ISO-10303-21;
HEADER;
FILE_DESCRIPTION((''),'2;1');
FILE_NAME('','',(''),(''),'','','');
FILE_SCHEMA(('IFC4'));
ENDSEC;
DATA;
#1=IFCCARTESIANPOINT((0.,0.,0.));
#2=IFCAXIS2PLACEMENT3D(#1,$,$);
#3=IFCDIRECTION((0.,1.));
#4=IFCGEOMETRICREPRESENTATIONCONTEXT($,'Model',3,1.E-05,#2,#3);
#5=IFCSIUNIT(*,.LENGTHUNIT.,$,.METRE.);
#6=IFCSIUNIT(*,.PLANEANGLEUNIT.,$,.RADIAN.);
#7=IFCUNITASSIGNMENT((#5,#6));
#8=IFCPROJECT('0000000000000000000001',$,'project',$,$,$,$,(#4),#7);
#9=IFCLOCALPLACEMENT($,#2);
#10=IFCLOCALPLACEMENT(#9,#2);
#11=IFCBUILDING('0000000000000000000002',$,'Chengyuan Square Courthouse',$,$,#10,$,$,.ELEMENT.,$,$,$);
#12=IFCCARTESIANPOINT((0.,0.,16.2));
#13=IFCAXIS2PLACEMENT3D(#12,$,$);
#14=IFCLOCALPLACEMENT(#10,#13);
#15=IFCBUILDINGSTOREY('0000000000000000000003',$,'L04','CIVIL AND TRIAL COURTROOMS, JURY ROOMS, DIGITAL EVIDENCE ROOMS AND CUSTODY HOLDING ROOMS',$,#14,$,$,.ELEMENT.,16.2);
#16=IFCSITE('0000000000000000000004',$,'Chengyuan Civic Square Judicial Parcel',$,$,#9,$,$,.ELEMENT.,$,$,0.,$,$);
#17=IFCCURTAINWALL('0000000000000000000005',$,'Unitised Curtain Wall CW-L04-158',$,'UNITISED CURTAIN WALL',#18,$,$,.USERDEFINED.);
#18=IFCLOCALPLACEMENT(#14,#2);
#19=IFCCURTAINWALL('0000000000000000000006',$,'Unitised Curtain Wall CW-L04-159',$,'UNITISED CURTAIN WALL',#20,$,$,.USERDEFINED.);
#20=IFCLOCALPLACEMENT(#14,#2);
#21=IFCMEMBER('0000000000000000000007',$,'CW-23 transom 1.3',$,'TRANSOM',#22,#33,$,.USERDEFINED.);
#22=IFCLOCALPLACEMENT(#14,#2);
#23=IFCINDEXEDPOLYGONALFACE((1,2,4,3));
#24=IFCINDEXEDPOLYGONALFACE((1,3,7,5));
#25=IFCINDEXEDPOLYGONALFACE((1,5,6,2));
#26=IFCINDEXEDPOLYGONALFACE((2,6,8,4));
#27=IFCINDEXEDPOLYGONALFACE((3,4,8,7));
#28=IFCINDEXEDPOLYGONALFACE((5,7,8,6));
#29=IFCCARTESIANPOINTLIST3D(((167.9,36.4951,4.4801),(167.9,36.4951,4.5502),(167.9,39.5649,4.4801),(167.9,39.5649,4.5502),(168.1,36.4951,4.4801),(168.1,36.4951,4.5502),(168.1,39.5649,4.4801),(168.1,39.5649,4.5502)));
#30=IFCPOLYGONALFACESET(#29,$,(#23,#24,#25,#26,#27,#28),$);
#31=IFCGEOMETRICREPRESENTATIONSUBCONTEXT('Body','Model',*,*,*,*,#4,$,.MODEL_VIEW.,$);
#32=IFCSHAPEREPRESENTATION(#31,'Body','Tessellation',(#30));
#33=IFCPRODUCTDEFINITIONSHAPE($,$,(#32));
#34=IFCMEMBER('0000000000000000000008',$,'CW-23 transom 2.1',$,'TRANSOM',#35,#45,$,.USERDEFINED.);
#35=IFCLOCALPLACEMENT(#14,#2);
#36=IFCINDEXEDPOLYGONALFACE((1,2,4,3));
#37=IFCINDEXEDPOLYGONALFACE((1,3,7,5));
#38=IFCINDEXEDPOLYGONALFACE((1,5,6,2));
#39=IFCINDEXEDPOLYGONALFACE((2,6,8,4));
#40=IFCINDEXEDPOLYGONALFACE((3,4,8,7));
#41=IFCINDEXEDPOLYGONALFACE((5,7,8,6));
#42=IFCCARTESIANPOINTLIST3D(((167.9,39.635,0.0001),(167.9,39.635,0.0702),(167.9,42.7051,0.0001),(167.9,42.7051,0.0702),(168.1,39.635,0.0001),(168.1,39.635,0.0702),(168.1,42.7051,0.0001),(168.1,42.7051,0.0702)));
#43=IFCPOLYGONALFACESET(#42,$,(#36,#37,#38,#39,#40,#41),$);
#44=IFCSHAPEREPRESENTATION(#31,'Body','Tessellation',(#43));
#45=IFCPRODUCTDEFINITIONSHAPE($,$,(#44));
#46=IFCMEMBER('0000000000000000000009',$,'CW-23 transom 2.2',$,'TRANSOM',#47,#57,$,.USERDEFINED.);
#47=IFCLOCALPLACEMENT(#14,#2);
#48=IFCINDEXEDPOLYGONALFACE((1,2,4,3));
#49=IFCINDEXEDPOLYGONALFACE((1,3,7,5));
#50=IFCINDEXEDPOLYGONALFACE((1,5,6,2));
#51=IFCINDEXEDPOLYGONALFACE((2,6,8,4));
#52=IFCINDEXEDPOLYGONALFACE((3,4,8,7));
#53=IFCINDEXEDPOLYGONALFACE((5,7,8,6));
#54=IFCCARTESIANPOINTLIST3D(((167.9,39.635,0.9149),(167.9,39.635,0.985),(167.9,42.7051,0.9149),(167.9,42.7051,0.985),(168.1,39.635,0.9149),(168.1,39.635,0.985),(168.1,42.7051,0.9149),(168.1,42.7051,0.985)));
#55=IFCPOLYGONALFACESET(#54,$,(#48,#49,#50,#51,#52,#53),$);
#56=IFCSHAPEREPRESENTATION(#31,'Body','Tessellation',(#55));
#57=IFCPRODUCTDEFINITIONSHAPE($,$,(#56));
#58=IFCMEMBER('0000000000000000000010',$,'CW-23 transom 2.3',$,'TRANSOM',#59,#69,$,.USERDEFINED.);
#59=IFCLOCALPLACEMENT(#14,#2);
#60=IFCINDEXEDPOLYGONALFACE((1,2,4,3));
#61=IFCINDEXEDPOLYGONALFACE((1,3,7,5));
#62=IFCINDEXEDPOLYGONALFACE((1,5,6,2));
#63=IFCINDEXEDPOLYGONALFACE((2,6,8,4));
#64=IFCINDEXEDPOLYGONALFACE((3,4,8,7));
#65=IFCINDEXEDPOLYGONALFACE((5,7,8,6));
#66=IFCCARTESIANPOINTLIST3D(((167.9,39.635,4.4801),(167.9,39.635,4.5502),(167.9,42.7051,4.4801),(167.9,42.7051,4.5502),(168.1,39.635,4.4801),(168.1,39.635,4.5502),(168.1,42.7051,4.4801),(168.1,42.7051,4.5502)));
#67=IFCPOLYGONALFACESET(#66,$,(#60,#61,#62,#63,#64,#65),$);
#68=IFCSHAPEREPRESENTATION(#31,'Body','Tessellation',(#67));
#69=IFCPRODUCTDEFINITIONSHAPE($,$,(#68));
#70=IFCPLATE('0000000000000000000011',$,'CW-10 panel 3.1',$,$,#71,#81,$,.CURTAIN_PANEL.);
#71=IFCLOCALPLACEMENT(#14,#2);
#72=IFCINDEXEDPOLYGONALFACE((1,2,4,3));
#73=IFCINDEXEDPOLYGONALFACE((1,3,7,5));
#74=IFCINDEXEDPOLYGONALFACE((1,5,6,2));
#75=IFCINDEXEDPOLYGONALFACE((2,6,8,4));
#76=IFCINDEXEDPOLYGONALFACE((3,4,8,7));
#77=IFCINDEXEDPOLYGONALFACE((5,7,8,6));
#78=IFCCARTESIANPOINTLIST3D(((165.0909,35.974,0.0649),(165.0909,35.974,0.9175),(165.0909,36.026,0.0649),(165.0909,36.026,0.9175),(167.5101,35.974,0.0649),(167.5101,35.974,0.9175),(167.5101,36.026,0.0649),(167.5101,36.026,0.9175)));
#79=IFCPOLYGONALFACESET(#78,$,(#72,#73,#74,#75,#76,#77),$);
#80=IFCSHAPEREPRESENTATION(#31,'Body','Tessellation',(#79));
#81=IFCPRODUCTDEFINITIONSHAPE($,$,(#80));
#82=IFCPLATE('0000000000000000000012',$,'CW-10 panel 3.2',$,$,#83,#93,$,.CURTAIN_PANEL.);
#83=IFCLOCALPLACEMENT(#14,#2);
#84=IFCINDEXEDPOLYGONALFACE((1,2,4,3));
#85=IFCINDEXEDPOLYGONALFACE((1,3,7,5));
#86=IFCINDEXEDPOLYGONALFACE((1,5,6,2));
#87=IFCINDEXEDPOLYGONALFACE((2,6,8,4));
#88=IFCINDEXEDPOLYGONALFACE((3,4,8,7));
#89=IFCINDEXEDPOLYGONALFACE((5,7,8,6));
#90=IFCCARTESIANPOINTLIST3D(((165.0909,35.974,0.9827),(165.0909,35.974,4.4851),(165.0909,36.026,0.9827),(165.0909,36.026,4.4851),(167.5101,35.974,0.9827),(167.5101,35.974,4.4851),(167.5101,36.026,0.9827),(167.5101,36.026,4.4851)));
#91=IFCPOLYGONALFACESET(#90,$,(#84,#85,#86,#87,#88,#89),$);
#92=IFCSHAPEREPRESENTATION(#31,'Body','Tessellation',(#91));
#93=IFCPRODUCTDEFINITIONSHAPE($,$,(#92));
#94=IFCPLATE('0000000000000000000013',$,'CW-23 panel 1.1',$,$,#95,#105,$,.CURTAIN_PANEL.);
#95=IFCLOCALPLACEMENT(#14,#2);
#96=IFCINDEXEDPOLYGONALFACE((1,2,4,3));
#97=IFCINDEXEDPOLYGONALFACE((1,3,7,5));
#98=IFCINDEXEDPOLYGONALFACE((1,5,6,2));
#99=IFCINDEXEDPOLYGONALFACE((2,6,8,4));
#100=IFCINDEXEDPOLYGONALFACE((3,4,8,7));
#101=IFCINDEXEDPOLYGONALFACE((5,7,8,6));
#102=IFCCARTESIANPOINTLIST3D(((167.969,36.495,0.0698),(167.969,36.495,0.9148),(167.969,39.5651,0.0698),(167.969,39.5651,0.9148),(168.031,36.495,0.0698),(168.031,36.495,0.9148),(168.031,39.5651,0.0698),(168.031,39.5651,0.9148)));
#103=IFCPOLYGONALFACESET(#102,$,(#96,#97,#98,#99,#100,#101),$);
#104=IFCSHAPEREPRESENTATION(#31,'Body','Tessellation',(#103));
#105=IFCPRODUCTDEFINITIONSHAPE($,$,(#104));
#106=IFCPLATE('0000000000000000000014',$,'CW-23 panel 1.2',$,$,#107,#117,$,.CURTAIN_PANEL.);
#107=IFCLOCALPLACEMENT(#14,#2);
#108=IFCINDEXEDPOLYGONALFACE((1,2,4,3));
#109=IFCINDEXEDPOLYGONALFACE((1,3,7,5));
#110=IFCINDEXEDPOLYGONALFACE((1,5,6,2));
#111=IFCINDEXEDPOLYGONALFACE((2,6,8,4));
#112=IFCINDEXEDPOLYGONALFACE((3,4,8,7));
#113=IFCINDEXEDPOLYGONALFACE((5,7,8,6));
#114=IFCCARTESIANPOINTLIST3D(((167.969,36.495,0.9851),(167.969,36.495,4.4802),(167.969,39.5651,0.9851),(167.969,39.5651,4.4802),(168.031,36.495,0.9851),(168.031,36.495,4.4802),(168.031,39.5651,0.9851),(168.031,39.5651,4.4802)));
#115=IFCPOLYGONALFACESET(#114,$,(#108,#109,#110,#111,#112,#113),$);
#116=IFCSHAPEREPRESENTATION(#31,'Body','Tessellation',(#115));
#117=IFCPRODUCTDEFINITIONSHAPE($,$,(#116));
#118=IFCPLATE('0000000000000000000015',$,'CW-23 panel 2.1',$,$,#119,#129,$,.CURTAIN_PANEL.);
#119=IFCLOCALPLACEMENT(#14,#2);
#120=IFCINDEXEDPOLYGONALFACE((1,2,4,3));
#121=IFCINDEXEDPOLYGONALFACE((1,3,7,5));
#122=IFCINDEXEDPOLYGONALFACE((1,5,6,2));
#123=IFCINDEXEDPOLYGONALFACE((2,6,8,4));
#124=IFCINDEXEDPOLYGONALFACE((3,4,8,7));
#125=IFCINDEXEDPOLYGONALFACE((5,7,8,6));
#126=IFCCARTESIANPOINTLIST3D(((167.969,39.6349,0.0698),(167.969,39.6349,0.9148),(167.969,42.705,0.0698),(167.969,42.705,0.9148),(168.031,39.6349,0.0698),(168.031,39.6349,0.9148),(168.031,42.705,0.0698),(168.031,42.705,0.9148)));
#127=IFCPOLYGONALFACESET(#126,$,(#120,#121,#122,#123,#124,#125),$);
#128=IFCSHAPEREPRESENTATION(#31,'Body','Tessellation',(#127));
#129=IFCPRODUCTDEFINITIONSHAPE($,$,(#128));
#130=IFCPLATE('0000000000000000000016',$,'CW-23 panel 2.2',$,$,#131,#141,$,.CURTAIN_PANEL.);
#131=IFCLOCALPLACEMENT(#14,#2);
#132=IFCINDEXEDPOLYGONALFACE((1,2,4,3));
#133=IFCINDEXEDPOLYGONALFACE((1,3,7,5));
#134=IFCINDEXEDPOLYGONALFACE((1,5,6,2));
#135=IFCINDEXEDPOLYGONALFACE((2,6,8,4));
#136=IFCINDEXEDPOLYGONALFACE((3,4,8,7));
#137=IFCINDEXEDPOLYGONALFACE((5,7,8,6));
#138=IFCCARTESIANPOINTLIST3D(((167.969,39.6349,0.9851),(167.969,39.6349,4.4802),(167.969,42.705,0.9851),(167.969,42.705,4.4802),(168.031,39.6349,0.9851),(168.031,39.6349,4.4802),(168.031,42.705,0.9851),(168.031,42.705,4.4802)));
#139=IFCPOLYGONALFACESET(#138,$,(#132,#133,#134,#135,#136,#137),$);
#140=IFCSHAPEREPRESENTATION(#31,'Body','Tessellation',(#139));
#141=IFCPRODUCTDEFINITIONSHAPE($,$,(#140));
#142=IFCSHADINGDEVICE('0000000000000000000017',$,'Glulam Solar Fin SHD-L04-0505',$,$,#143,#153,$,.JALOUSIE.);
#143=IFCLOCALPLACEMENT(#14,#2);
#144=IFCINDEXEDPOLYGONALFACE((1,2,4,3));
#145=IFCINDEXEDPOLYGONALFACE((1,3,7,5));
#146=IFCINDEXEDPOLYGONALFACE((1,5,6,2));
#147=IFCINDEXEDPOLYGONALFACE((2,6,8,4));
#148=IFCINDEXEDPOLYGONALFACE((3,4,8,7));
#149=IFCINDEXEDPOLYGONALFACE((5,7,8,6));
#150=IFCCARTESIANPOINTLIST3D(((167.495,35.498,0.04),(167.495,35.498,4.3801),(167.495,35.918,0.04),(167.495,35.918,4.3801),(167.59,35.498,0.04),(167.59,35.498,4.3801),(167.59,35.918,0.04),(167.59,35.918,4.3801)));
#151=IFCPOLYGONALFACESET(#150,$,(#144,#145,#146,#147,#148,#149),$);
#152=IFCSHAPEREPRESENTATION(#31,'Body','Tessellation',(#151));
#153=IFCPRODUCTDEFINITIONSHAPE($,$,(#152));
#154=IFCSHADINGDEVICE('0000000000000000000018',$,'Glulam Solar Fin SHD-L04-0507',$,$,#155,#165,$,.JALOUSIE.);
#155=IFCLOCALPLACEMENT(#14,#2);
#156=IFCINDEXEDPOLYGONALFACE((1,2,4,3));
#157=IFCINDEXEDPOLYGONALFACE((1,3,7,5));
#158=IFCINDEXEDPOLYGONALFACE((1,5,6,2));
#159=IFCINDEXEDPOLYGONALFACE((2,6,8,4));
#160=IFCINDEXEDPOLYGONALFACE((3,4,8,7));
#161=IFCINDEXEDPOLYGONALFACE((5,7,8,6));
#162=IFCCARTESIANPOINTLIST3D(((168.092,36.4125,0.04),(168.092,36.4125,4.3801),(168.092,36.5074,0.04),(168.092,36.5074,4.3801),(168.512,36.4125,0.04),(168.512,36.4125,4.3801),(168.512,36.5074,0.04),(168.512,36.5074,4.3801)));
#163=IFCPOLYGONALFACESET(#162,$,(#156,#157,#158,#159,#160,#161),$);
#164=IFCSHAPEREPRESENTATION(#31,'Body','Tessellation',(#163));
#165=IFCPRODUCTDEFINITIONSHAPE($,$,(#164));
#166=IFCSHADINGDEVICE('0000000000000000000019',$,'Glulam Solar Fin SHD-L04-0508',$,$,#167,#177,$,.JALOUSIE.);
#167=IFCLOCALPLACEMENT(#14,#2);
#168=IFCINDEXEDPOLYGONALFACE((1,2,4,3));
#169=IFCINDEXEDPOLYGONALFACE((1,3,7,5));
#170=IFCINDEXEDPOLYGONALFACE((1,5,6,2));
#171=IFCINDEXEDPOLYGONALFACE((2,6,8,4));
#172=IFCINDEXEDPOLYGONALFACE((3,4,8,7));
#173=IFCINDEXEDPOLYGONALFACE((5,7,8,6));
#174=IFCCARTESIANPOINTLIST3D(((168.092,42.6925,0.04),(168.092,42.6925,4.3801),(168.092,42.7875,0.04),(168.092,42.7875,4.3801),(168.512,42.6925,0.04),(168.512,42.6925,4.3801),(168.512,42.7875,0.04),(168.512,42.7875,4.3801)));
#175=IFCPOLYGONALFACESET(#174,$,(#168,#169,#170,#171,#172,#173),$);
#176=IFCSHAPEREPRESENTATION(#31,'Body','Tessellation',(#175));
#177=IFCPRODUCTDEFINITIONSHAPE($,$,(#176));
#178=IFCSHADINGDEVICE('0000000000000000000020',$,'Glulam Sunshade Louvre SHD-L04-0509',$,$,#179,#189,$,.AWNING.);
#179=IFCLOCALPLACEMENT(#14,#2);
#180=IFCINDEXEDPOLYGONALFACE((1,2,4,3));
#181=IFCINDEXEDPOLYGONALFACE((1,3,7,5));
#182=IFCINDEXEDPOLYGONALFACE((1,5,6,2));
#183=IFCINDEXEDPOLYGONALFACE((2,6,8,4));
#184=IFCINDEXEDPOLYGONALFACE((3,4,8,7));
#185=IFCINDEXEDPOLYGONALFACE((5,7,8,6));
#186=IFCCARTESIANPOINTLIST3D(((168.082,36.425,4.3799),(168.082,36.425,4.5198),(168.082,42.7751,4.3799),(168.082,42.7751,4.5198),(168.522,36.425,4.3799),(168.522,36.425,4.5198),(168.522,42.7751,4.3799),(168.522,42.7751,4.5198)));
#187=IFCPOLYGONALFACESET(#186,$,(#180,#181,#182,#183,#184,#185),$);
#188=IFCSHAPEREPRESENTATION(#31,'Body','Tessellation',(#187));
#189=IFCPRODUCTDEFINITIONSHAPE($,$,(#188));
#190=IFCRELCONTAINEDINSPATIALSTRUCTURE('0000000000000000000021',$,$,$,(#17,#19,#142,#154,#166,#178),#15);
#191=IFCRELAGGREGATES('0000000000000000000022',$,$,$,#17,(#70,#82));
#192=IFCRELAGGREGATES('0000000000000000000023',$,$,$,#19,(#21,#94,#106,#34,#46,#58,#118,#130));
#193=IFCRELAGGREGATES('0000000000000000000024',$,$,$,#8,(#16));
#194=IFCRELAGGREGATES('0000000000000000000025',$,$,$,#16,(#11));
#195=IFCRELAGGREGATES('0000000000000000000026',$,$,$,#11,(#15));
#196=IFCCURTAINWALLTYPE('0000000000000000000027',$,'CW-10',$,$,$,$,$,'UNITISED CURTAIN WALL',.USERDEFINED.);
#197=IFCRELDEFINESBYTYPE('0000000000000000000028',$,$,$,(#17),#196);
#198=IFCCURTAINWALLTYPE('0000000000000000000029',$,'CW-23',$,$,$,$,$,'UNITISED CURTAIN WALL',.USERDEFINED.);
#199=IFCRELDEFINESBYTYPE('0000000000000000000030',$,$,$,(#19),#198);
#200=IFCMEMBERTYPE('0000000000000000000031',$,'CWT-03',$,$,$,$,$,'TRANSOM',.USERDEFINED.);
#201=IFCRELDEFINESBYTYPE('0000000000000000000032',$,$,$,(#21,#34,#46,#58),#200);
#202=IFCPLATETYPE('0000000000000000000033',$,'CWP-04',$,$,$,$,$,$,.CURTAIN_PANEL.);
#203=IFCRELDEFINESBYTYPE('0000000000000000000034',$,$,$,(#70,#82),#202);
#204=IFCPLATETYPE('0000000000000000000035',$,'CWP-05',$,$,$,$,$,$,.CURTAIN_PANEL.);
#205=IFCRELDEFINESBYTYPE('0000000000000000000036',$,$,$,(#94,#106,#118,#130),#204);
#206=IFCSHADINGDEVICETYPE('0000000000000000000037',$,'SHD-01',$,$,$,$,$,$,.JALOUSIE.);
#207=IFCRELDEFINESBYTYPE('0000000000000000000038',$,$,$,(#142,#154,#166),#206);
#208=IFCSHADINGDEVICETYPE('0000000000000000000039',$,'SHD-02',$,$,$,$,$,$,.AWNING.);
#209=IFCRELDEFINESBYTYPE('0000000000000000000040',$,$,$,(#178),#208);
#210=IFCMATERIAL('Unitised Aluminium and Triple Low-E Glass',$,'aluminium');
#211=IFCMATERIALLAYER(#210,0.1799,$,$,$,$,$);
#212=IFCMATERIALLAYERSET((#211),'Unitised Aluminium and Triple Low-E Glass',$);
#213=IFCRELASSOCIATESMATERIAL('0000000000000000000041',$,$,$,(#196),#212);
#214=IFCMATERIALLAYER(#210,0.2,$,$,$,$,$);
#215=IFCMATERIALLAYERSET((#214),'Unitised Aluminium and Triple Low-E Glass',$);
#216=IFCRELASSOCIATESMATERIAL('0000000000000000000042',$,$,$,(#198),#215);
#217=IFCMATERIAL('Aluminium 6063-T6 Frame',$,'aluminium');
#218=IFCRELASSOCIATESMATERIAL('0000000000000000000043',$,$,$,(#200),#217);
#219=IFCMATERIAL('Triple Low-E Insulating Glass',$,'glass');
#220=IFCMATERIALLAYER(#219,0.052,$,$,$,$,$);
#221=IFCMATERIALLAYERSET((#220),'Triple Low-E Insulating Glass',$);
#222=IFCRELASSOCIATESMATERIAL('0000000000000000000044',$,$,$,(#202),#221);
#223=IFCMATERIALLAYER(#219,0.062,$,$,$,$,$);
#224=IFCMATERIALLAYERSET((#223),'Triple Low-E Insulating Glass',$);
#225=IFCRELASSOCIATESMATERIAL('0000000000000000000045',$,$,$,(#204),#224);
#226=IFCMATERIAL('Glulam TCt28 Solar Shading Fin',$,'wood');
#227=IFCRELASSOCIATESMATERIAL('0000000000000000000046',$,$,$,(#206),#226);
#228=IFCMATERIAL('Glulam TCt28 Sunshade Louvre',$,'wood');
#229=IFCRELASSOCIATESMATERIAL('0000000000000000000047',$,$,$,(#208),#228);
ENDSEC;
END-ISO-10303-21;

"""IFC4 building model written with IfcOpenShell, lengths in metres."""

from ifc_helpers import new_model, si_unit, direction, frame, origin, origin_2d, place, context, subcontext, project, spatial, rectangle, extrude, material, layer, layer_set, material_profile, profile_set, type_object, element, aggregate, save


model = new_model("IFC4")

# Units and contexts
model_context = context("Model", 3, precision=1e-05, world=origin(), true_north=direction((0.0, 1.0)))
body_context = subcontext(model_context, "Body", "Model", "MODEL_VIEW")
ifc_project = project(units=[si_unit("LENGTHUNIT", "METRE"), si_unit("PLANEANGLEUNIT", "RADIAN")], contexts=[model_context])

# Site, building, storey
site_placement = place(None, origin())
site = spatial("IfcSite", under=ifc_project, at=site_placement, Name="Chengyuan Civic Square Judicial Parcel", CompositionType="ELEMENT", RefElevation=0.0)
building_placement = place(site_placement, origin())
building = spatial("IfcBuilding", under=site, at=building_placement, Name="Chengyuan Square Courthouse", CompositionType="ELEMENT")
storey_placement = place(building_placement, frame((0.0, 0.0, 16.2)))
storey = spatial("IfcBuildingStorey", under=building, at=storey_placement, Name="L04", Description="CIVIL AND TRIAL COURTROOMS, JURY ROOMS, DIGITAL EVIDENCE ROOMS AND CUSTODY HOLDING ROOMS", CompositionType="ELEMENT", Elevation=16.2)

# Curtain walls
ifc_material_1 = material(Name="Unitised Aluminium and Triple Low-E Glass", Category="aluminium")
ifc_layer_1 = layer(ifc_material_1, 0.1799)
ifc_layer_set_1 = layer_set([ifc_layer_1], Name="Unitised Aluminium and Triple Low-E Glass")
curtain_wall_type_1 = type_object("IfcCurtainWallType", Name="CW-10", ElementType="UNITISED CURTAIN WALL", PredefinedType="USERDEFINED", material=ifc_layer_set_1)
curtain_wall_1_placement = place(storey_placement, origin())
curtain_wall_1 = element("IfcCurtainWall", 1, at=curtain_wall_1_placement, inside=storey, type_object=curtain_wall_type_1, Name="Unitised Curtain Wall CW-L04-158", ObjectType="UNITISED CURTAIN WALL", PredefinedType="USERDEFINED")
ifc_material_2 = material(Name="Aluminium 6063-T6 Frame", Category="aluminium")
ifc_layer_2 = layer(ifc_material_1, 0.2)
ifc_layer_set_2 = layer_set([ifc_layer_2], Name="Unitised Aluminium and Triple Low-E Glass")
curtain_wall_type_2 = type_object("IfcCurtainWallType", Name="CW-23", ElementType="UNITISED CURTAIN WALL", PredefinedType="USERDEFINED", material=ifc_layer_set_2)
curtain_wall_2_placement = place(storey_placement, origin())
curtain_wall_2 = element("IfcCurtainWall", 2, at=curtain_wall_2_placement, inside=storey, type_object=curtain_wall_type_2, Name="Unitised Curtain Wall CW-L04-159", ObjectType="UNITISED CURTAIN WALL", PredefinedType="USERDEFINED")

# Members
ifc_material_profile_1 = material_profile(ifc_material_2, rectangle(XDim=0.2, YDim=0.0701, at=origin_2d()), Name="CW-TRN-70x160")
ifc_profile_set_1 = profile_set([ifc_material_profile_1], Name="Aluminium 6063-T6 Frame")
member_type_1 = type_object("IfcMemberType", Name="CWT-03", ElementType="TRANSOM", PredefinedType="USERDEFINED", material=ifc_profile_set_1)
member_1_placement = place(storey_placement, frame((168.0, 36.4951, 4.5151), z_axis=(0.0, 1.0, 0.0), x_axis=(-1.0, 0.0, 0.0)))
member_1 = element("IfcMember", 3, at=member_1_placement, type_object=member_type_1, Name="CW-23 transom 1.3", ObjectType="TRANSOM", PredefinedType="USERDEFINED", context=body_context, shape_type="SweptSolid", body=[
    extrude(rectangle(XDim=0.2, YDim=0.0701, at=origin_2d()), origin(), (0.0, 0.0, 1.0), 3.0698),
])
member_2_placement = place(storey_placement, frame((168.0, 39.635, 0.0352), z_axis=(0.0, 1.0, 0.0), x_axis=(-1.0, 0.0, 0.0)))
member_2 = element("IfcMember", 4, at=member_2_placement, type_object=member_type_1, Name="CW-23 transom 2.1", ObjectType="TRANSOM", PredefinedType="USERDEFINED", context=body_context, shape_type="SweptSolid", body=[
    extrude(rectangle(XDim=0.2, YDim=0.0701, at=origin_2d()), origin(), (0.0, 0.0, 1.0), 3.0701),
])
member_3_placement = place(storey_placement, frame((168.0, 39.635, 0.95), z_axis=(0.0, 1.0, 0.0), x_axis=(-1.0, 0.0, 0.0)))
member_3 = element("IfcMember", 5, at=member_3_placement, type_object=member_type_1, Name="CW-23 transom 2.2", ObjectType="TRANSOM", PredefinedType="USERDEFINED", context=body_context, shape_type="SweptSolid", body=[
    extrude(rectangle(XDim=0.2, YDim=0.0701, at=origin_2d()), origin(), (0.0, 0.0, 1.0), 3.0701),
])
member_4_placement = place(storey_placement, frame((168.0, 39.635, 4.5151), z_axis=(0.0, 1.0, 0.0), x_axis=(-1.0, 0.0, 0.0)))
member_4 = element("IfcMember", 6, at=member_4_placement, type_object=member_type_1, Name="CW-23 transom 2.3", ObjectType="TRANSOM", PredefinedType="USERDEFINED", context=body_context, shape_type="SweptSolid", body=[
    extrude(rectangle(XDim=0.2, YDim=0.0701, at=origin_2d()), origin(), (0.0, 0.0, 1.0), 3.0701),
])

# Plates
ifc_material_3 = material(Name="Triple Low-E Insulating Glass", Category="glass")
ifc_layer_3 = layer(ifc_material_3, 0.052)
ifc_layer_set_3 = layer_set([ifc_layer_3], Name="Triple Low-E Insulating Glass")
plate_type_1 = type_object("IfcPlateType", Name="CWP-04", PredefinedType="CURTAIN_PANEL", material=ifc_layer_set_3)
plate_1_placement = place(storey_placement, frame((166.3005, 36.0, 0.0649), z_axis=(0.0, 0.0, 1.0), x_axis=(1.0, 0.0, 0.0)))
plate_1 = element("IfcPlate", 7, at=plate_1_placement, type_object=plate_type_1, Name="CW-10 panel 3.1", PredefinedType="CURTAIN_PANEL", context=body_context, shape_type="SweptSolid", body=[
    extrude(rectangle(XDim=2.4192, YDim=0.052, at=origin_2d()), origin(), (0.0, 0.0, 1.0), 0.8525),
])
plate_2_placement = place(storey_placement, frame((166.3005, 36.0, 0.9827), z_axis=(0.0, 0.0, 1.0), x_axis=(1.0, 0.0, 0.0)))
plate_2 = element("IfcPlate", 8, at=plate_2_placement, type_object=plate_type_1, Name="CW-10 panel 3.2", PredefinedType="CURTAIN_PANEL", context=body_context, shape_type="SweptSolid", body=[
    extrude(rectangle(XDim=2.4192, YDim=0.052, at=origin_2d()), origin(), (0.0, 0.0, 1.0), 3.5024),
])
aggregate(curtain_wall_1, [plate_1, plate_2])
ifc_layer_4 = layer(ifc_material_3, 0.062)
ifc_layer_set_4 = layer_set([ifc_layer_4], Name="Triple Low-E Insulating Glass")
plate_type_2 = type_object("IfcPlateType", Name="CWP-05", PredefinedType="CURTAIN_PANEL", material=ifc_layer_set_4)
plate_3_placement = place(storey_placement, frame((168.0, 38.03, 0.0698), z_axis=(0.0, 0.0, 1.0), x_axis=(0.0, 1.0, 0.0)))
plate_3 = element("IfcPlate", 9, at=plate_3_placement, type_object=plate_type_2, Name="CW-23 panel 1.1", PredefinedType="CURTAIN_PANEL", context=body_context, shape_type="SweptSolid", body=[
    extrude(rectangle(XDim=3.0701, YDim=0.062, at=origin_2d()), origin(), (0.0, 0.0, 1.0), 0.845),
])
plate_4_placement = place(storey_placement, frame((168.0, 38.03, 0.9851), z_axis=(0.0, 0.0, 1.0), x_axis=(0.0, 1.0, 0.0)))
plate_4 = element("IfcPlate", 10, at=plate_4_placement, type_object=plate_type_2, Name="CW-23 panel 1.2", PredefinedType="CURTAIN_PANEL", context=body_context, shape_type="SweptSolid", body=[
    extrude(rectangle(XDim=3.0701, YDim=0.062, at=origin_2d()), origin(), (0.0, 0.0, 1.0), 3.4951),
])
plate_5_placement = place(storey_placement, frame((168.0, 41.1699, 0.0698), z_axis=(0.0, 0.0, 1.0), x_axis=(0.0, 1.0, 0.0)))
plate_5 = element("IfcPlate", 11, at=plate_5_placement, type_object=plate_type_2, Name="CW-23 panel 2.1", PredefinedType="CURTAIN_PANEL", context=body_context, shape_type="SweptSolid", body=[
    extrude(rectangle(XDim=3.0701, YDim=0.062, at=origin_2d()), origin(), (0.0, 0.0, 1.0), 0.845),
])
plate_6_placement = place(storey_placement, frame((168.0, 41.1699, 0.9851), z_axis=(0.0, 0.0, 1.0), x_axis=(0.0, 1.0, 0.0)))
plate_6 = element("IfcPlate", 12, at=plate_6_placement, type_object=plate_type_2, Name="CW-23 panel 2.2", PredefinedType="CURTAIN_PANEL", context=body_context, shape_type="SweptSolid", body=[
    extrude(rectangle(XDim=3.0701, YDim=0.062, at=origin_2d()), origin(), (0.0, 0.0, 1.0), 3.4951),
])
aggregate(curtain_wall_2, [member_1, plate_3, plate_4, member_2, member_3, member_4, plate_5, plate_6])

# Shading devices
ifc_material_4 = material(Name="Glulam TCt28 Solar Shading Fin", Category="wood")
shading_device_type_1 = type_object("IfcShadingDeviceType", Name="SHD-01", PredefinedType="JALOUSIE", material=ifc_material_4)
for number, where, z_axis, x_axis, name in (
    (13, (167.5425, 35.708, 0.04), (0.0, 0.0, 1.0), (0.0, 1.0, 0.0), "Glulam Solar Fin SHD-L04-0505"),
    (14, (168.302, 36.46, 0.04), (0.0, 0.0, 1.0), (1.0, 0.0, 0.0), "Glulam Solar Fin SHD-L04-0507"),
    (15, (168.302, 42.74, 0.04), (0.0, 0.0, 1.0), (1.0, 0.0, 0.0), "Glulam Solar Fin SHD-L04-0508"),
):
    element("IfcShadingDevice", number, at=place(storey_placement, frame(where, z_axis=z_axis, x_axis=x_axis)), inside=storey, type_object=shading_device_type_1, Name=name, PredefinedType="JALOUSIE", context=body_context, shape_type="SweptSolid", body=[
        extrude(rectangle(XDim=0.4199, YDim=0.095, at=origin_2d()), origin(), (0.0, 0.0, 1.0), 4.3401),
    ])
ifc_material_5 = material(Name="Glulam TCt28 Sunshade Louvre", Category="wood")
shading_device_type_2 = type_object("IfcShadingDeviceType", Name="SHD-02", PredefinedType="AWNING", material=ifc_material_5)
shading_device_placement = place(storey_placement, frame((168.302, 39.6001, 4.3799), z_axis=(0.0, 0.0, 1.0), x_axis=(0.0, 1.0, 0.0)))
element("IfcShadingDevice", 16, at=shading_device_placement, inside=storey, type_object=shading_device_type_2, Name="Glulam Sunshade Louvre SHD-L04-0509", PredefinedType="AWNING", context=body_context, shape_type="SweptSolid", body=[
    extrude(rectangle(XDim=6.3501, YDim=0.4399, at=origin_2d()), origin(), (0.0, 0.0, 1.0), 0.1399),
])

save(model, "model.ifc")
